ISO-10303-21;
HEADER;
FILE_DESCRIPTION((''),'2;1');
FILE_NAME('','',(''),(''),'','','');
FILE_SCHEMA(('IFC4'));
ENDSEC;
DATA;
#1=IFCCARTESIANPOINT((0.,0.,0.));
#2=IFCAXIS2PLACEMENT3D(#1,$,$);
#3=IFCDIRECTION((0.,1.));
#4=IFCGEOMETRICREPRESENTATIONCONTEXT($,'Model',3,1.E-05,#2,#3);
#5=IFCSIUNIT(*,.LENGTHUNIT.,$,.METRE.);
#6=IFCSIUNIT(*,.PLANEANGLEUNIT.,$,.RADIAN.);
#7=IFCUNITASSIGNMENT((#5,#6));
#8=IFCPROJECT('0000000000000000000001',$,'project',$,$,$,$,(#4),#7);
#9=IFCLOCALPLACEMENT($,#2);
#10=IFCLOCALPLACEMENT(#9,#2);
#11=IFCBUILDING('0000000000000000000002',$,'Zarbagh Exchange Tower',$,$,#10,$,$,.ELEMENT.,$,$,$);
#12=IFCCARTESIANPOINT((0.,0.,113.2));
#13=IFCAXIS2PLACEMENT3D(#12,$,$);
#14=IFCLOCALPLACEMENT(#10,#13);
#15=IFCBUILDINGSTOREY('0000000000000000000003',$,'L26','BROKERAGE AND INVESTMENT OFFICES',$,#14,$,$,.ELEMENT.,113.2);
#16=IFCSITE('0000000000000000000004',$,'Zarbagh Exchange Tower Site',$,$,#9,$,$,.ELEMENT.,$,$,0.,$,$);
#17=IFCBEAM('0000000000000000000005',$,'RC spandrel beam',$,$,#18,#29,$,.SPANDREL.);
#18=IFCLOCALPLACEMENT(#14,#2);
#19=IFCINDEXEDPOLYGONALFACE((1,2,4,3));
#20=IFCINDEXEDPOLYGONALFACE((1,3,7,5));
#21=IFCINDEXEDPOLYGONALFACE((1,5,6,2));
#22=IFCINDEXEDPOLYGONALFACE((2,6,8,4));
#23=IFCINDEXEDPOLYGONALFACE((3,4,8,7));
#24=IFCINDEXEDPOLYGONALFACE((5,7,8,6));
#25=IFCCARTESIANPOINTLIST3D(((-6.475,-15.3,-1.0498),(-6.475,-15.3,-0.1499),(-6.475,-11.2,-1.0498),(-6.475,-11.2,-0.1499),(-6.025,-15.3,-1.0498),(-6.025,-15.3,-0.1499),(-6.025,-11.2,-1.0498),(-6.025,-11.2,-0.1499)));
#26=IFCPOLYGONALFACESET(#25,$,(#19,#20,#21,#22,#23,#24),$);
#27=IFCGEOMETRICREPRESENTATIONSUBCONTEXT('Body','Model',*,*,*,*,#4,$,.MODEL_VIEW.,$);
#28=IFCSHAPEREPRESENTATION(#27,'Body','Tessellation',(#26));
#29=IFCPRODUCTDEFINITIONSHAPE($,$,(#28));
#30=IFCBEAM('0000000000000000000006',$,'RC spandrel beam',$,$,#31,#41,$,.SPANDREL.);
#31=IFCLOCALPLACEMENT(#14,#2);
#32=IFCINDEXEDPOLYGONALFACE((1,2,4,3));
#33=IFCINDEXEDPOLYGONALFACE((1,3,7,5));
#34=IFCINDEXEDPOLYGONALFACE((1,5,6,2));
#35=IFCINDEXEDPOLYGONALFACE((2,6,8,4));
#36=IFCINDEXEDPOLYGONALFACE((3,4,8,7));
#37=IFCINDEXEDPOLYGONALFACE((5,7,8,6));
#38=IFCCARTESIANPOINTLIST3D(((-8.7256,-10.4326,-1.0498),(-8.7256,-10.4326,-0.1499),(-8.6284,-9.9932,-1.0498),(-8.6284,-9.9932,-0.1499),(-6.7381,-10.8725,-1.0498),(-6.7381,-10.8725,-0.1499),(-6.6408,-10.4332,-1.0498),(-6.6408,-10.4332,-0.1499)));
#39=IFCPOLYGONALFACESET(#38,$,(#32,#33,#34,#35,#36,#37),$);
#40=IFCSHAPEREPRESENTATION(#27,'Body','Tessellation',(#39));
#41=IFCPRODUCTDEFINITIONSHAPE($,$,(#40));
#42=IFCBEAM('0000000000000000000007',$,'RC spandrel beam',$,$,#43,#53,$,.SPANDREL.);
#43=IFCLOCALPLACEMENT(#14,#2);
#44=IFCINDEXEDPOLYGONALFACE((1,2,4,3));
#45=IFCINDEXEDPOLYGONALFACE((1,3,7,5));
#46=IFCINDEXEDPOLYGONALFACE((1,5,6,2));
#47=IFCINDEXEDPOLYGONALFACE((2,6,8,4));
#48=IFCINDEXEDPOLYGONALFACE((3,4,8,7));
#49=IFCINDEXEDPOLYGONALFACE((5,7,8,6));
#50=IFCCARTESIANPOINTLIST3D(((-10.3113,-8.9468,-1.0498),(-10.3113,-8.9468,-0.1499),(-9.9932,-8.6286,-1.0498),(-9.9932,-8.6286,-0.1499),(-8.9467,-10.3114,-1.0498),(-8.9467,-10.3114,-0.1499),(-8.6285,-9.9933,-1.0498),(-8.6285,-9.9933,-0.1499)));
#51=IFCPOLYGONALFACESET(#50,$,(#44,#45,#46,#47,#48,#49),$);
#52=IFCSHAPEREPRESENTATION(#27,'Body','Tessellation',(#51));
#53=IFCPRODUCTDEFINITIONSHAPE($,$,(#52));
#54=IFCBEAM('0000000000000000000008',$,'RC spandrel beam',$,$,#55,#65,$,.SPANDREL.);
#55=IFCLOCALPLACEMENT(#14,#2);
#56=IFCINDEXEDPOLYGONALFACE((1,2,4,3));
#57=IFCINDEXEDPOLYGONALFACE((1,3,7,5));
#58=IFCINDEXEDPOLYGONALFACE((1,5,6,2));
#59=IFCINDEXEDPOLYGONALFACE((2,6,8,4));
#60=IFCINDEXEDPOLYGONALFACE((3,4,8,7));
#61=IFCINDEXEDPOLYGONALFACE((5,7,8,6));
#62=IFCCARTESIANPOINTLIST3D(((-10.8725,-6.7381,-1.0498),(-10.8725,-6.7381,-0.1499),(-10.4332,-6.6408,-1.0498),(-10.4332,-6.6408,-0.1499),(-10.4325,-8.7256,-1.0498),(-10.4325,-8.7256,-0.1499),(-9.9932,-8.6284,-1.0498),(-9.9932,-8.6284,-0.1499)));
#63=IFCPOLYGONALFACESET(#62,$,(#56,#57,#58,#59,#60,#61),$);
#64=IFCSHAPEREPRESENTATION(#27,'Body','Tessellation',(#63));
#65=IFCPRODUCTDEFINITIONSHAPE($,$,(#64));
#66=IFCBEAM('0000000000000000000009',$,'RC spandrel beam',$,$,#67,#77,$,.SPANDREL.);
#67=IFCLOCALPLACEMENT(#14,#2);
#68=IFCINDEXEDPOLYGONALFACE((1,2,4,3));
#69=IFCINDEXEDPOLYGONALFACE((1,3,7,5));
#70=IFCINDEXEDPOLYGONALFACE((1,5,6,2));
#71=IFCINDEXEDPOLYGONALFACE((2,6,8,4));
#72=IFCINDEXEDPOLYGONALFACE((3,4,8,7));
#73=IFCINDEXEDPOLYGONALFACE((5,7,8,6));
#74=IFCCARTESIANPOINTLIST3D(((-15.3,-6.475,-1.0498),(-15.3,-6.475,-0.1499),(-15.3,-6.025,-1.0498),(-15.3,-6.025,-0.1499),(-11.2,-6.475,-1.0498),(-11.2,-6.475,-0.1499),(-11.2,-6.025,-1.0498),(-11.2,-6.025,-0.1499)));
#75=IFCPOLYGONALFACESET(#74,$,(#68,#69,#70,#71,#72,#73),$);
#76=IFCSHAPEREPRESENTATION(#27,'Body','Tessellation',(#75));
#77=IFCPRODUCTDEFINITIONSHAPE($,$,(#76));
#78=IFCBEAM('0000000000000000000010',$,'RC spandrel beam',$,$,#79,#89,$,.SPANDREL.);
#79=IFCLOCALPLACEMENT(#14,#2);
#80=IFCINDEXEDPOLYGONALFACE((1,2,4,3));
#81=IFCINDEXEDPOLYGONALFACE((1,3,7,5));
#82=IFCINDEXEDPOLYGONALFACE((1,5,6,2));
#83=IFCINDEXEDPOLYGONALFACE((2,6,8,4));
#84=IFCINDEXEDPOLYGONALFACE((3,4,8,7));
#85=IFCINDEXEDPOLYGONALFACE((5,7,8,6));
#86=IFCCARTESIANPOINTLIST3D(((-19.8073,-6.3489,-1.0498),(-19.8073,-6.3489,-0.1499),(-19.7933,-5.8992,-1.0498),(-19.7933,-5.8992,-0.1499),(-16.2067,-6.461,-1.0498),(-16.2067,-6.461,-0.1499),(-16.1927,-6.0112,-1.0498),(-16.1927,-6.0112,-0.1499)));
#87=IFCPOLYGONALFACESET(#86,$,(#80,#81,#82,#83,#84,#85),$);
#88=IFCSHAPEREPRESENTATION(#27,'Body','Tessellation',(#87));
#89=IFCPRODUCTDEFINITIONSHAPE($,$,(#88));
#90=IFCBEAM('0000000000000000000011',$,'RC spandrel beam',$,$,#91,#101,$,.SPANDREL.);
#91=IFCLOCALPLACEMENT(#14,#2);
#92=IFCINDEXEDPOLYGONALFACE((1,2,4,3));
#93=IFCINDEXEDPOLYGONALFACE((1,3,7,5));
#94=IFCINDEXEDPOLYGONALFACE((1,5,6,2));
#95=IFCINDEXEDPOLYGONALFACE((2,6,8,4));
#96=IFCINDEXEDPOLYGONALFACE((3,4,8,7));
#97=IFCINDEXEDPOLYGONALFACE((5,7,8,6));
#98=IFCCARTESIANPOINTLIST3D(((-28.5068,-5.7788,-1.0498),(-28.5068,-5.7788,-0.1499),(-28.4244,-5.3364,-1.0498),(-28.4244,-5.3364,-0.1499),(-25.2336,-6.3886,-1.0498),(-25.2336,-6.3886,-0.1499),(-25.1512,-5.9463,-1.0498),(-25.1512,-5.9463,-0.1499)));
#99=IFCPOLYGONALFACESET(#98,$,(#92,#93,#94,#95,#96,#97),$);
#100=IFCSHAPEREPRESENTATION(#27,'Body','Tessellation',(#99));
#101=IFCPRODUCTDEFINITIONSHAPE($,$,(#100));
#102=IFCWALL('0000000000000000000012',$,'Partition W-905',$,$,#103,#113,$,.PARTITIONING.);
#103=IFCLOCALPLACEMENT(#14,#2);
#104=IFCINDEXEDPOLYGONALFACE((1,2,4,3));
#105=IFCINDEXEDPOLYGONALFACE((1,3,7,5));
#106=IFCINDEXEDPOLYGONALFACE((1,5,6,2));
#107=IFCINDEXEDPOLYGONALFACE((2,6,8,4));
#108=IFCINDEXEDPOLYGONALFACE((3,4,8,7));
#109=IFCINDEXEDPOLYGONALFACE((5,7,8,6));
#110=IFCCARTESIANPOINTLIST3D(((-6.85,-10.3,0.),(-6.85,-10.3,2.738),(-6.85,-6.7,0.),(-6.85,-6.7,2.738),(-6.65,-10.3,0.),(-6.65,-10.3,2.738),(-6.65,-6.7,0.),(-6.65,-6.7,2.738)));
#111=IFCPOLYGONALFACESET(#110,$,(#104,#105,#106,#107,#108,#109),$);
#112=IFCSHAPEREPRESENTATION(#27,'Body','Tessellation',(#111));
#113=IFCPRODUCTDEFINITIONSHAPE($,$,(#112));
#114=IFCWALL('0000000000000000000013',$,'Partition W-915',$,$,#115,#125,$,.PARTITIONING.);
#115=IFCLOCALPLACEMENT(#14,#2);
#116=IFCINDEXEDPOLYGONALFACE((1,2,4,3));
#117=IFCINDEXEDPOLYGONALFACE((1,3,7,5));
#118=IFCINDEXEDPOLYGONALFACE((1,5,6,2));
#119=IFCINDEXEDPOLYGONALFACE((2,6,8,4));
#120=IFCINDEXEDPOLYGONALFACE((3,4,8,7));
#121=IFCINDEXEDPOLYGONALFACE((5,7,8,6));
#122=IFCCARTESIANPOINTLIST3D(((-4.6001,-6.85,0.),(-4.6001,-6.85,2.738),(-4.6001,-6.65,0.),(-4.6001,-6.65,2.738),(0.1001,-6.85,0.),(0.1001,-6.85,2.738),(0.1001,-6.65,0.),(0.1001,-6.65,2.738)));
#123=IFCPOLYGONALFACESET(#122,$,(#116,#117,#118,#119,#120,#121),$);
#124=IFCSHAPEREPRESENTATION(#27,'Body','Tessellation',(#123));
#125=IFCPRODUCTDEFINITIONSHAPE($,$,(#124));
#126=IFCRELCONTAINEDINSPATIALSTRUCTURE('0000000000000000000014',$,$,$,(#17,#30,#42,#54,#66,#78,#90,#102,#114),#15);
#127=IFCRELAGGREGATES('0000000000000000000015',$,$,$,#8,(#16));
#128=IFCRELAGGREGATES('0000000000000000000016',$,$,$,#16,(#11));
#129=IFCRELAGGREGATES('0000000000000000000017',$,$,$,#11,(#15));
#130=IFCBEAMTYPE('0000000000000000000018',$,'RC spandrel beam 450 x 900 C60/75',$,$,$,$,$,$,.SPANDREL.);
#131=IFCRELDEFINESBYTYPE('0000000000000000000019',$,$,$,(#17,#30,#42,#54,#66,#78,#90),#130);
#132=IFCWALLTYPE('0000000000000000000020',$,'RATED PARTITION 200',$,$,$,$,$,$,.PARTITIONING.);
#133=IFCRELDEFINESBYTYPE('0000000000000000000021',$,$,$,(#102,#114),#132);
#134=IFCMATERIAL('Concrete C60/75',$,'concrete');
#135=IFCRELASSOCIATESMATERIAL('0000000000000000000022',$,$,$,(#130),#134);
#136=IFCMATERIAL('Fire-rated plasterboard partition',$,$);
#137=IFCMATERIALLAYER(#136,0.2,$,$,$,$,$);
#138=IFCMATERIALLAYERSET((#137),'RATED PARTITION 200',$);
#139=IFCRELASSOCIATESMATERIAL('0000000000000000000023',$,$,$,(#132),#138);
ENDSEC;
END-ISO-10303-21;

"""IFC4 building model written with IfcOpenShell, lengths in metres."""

from ifc_helpers import new_model, si_unit, direction, frame, frame_2d, origin, origin_2d, place, context, subcontext, project, spatial, rectangle, extrude, material, layer, layer_set, material_profile, profile_set, type_object, element, save


model = new_model("IFC4")

# Units and contexts
model_context = context("Model", 3, precision=1e-05, world=origin(), true_north=direction((0.0, 1.0)))
body_context = subcontext(model_context, "Body", "Model", "MODEL_VIEW")
ifc_project = project(units=[si_unit("LENGTHUNIT", "METRE"), si_unit("PLANEANGLEUNIT", "RADIAN")], contexts=[model_context])

# Site, building, storey
site_placement = place(None, origin())
site = spatial("IfcSite", under=ifc_project, at=site_placement, Name="Zarbagh Exchange Tower Site", CompositionType="ELEMENT", RefElevation=0.0)
building_placement = place(site_placement, origin())
building = spatial("IfcBuilding", under=site, at=building_placement, Name="Zarbagh Exchange Tower", CompositionType="ELEMENT")
storey_placement = place(building_placement, frame((0.0, 0.0, 113.2)))
storey = spatial("IfcBuildingStorey", under=building, at=storey_placement, Name="L26", Description="BROKERAGE AND INVESTMENT OFFICES", CompositionType="ELEMENT", Elevation=113.2)

# Shared definitions
ifc_material_1 = material(Name="Concrete C60/75", Category="concrete")

# Beams
ifc_material_profile_1 = material_profile(ifc_material_1, rectangle(XDim=0.45, YDim=0.8999, at=origin_2d()), Name="RC spandrel beam 450 x 900 C60/75")
ifc_profile_set_1 = profile_set([ifc_material_profile_1], Name="Concrete C60/75")
beam_type_1 = type_object("IfcBeamType", Name="RC spandrel beam 450 x 900 C60/75", PredefinedType="SPANDREL", material=ifc_profile_set_1)
beam_1_placement = place(storey_placement, frame((-6.25, -15.3, -0.5999), z_axis=(0.0, 1.0, 0.0), x_axis=(-1.0, 0.0, 0.0)))
element("IfcBeam", 1, at=beam_1_placement, inside=storey, type_object=beam_type_1, Name="RC spandrel beam", PredefinedType="SPANDREL", context=body_context, shape_type="SweptSolid", body=[
    extrude(rectangle(XDim=0.45, YDim=0.8999, at=origin_2d()), origin(), (0.0, 0.0, 1.0), 4.1001),
])
beam_2_placement = place(storey_placement, frame((-6.6895, -10.6528, -0.5999), z_axis=(-0.976367, 0.216118, 0.0), x_axis=(-0.216118, -0.976367, 0.0)))
element("IfcBeam", 2, at=beam_2_placement, inside=storey, type_object=beam_type_1, Name="RC spandrel beam", PredefinedType="SPANDREL", context=body_context, shape_type="SweptSolid", body=[
    extrude(rectangle(XDim=0.45, YDim=0.8999, at=origin_2d()), origin(), (0.0, 0.0, 1.0), 2.0356),
])
beam_3_placement = place(storey_placement, frame((-8.7876, -10.1523, -0.5999), z_axis=(-0.707107, 0.707107, 0.0), x_axis=(-0.707107, -0.707107, 0.0)))
element("IfcBeam", 3, at=beam_3_placement, inside=storey, type_object=beam_type_1, Name="RC spandrel beam", PredefinedType="SPANDREL", context=body_context, shape_type="SweptSolid", body=[
    extrude(rectangle(XDim=0.45, YDim=0.8999, at=origin_2d()), origin(), (0.0, 0.0, 1.0), 1.9299),
])
beam_4_placement = place(storey_placement, frame((-10.2129, -8.677, -0.5999), z_axis=(-0.216118, 0.976367, 0.0), x_axis=(-0.976367, -0.216118, 0.0)))
element("IfcBeam", 4, at=beam_4_placement, inside=storey, type_object=beam_type_1, Name="RC spandrel beam", PredefinedType="SPANDREL", context=body_context, shape_type="SweptSolid", body=[
    extrude(rectangle(XDim=0.45, YDim=0.8999, at=origin_2d()), origin(), (0.0, 0.0, 1.0), 2.0356),
])
beam_5_placement = place(storey_placement, frame((-11.2, -6.25, -0.5999), z_axis=(-1.0, 0.0, 0.0), x_axis=(0.0, -1.0, 0.0)))
element("IfcBeam", 5, at=beam_5_placement, inside=storey, type_object=beam_type_1, Name="RC spandrel beam", PredefinedType="SPANDREL", context=body_context, shape_type="SweptSolid", body=[
    extrude(rectangle(XDim=0.45, YDim=0.8999, at=origin_2d()), origin(), (0.0, 0.0, 1.0), 4.1001),
])
beam_6_placement = place(storey_placement, frame((-16.1997, -6.2361, -0.5999), z_axis=(-0.999516, 0.031108, 0.0), x_axis=(-0.031108, -0.999516, 0.0)))
element("IfcBeam", 6, at=beam_6_placement, inside=storey, type_object=beam_type_1, Name="RC spandrel beam", PredefinedType="SPANDREL", context=body_context, shape_type="SweptSolid", body=[
    extrude(rectangle(XDim=0.45, YDim=0.8999, at=origin_2d()), origin(), (0.0, 0.0, 1.0), 3.6023),
])
beam_7_placement = place(storey_placement, frame((-25.1924, -6.1675, -0.5999), z_axis=(-0.983082, 0.183168, 0.0), x_axis=(-0.183168, -0.983082, 0.0)))
element("IfcBeam", 7, at=beam_7_placement, inside=storey, type_object=beam_type_1, Name="RC spandrel beam", PredefinedType="SPANDREL", context=body_context, shape_type="SweptSolid", body=[
    extrude(rectangle(XDim=0.45, YDim=0.8999, at=origin_2d()), origin(), (0.0, 0.0, 1.0), 3.3296),
])

# Walls
ifc_material_2 = material(Name="Fire-rated plasterboard partition")
ifc_layer = layer(ifc_material_2, 0.2)
ifc_layer_set = layer_set([ifc_layer], Name="RATED PARTITION 200")
wall_type = type_object("IfcWallType", Name="RATED PARTITION 200", PredefinedType="PARTITIONING", material=ifc_layer_set)
wall_1_placement = place(storey_placement, frame((-6.75, -10.3, 0.0), z_axis=(0.0, 0.0, 1.0), x_axis=(0.0, 1.0, 0.0)))
element("IfcWall", 8, at=wall_1_placement, inside=storey, type_object=wall_type, Name="Partition W-905", PredefinedType="PARTITIONING", context=body_context, shape_type="SweptSolid", body=[
    extrude(rectangle(XDim=3.6001, YDim=0.2, at=frame_2d((1.8, 0.0))), origin(), (0.0, 0.0, 1.0), 2.738),
])
wall_2_placement = place(storey_placement, frame((-4.6001, -6.75, 0.0), z_axis=(0.0, 0.0, 1.0), x_axis=(1.0, 0.0, 0.0)))
element("IfcWall", 9, at=wall_2_placement, inside=storey, type_object=wall_type, Name="Partition W-915", PredefinedType="PARTITIONING", context=body_context, shape_type="SweptSolid", body=[
    extrude(rectangle(XDim=4.7002, YDim=0.2, at=frame_2d((2.3501, 0.0))), origin(), (0.0, 0.0, 1.0), 2.738),
])

save(model, "model.ifc")
